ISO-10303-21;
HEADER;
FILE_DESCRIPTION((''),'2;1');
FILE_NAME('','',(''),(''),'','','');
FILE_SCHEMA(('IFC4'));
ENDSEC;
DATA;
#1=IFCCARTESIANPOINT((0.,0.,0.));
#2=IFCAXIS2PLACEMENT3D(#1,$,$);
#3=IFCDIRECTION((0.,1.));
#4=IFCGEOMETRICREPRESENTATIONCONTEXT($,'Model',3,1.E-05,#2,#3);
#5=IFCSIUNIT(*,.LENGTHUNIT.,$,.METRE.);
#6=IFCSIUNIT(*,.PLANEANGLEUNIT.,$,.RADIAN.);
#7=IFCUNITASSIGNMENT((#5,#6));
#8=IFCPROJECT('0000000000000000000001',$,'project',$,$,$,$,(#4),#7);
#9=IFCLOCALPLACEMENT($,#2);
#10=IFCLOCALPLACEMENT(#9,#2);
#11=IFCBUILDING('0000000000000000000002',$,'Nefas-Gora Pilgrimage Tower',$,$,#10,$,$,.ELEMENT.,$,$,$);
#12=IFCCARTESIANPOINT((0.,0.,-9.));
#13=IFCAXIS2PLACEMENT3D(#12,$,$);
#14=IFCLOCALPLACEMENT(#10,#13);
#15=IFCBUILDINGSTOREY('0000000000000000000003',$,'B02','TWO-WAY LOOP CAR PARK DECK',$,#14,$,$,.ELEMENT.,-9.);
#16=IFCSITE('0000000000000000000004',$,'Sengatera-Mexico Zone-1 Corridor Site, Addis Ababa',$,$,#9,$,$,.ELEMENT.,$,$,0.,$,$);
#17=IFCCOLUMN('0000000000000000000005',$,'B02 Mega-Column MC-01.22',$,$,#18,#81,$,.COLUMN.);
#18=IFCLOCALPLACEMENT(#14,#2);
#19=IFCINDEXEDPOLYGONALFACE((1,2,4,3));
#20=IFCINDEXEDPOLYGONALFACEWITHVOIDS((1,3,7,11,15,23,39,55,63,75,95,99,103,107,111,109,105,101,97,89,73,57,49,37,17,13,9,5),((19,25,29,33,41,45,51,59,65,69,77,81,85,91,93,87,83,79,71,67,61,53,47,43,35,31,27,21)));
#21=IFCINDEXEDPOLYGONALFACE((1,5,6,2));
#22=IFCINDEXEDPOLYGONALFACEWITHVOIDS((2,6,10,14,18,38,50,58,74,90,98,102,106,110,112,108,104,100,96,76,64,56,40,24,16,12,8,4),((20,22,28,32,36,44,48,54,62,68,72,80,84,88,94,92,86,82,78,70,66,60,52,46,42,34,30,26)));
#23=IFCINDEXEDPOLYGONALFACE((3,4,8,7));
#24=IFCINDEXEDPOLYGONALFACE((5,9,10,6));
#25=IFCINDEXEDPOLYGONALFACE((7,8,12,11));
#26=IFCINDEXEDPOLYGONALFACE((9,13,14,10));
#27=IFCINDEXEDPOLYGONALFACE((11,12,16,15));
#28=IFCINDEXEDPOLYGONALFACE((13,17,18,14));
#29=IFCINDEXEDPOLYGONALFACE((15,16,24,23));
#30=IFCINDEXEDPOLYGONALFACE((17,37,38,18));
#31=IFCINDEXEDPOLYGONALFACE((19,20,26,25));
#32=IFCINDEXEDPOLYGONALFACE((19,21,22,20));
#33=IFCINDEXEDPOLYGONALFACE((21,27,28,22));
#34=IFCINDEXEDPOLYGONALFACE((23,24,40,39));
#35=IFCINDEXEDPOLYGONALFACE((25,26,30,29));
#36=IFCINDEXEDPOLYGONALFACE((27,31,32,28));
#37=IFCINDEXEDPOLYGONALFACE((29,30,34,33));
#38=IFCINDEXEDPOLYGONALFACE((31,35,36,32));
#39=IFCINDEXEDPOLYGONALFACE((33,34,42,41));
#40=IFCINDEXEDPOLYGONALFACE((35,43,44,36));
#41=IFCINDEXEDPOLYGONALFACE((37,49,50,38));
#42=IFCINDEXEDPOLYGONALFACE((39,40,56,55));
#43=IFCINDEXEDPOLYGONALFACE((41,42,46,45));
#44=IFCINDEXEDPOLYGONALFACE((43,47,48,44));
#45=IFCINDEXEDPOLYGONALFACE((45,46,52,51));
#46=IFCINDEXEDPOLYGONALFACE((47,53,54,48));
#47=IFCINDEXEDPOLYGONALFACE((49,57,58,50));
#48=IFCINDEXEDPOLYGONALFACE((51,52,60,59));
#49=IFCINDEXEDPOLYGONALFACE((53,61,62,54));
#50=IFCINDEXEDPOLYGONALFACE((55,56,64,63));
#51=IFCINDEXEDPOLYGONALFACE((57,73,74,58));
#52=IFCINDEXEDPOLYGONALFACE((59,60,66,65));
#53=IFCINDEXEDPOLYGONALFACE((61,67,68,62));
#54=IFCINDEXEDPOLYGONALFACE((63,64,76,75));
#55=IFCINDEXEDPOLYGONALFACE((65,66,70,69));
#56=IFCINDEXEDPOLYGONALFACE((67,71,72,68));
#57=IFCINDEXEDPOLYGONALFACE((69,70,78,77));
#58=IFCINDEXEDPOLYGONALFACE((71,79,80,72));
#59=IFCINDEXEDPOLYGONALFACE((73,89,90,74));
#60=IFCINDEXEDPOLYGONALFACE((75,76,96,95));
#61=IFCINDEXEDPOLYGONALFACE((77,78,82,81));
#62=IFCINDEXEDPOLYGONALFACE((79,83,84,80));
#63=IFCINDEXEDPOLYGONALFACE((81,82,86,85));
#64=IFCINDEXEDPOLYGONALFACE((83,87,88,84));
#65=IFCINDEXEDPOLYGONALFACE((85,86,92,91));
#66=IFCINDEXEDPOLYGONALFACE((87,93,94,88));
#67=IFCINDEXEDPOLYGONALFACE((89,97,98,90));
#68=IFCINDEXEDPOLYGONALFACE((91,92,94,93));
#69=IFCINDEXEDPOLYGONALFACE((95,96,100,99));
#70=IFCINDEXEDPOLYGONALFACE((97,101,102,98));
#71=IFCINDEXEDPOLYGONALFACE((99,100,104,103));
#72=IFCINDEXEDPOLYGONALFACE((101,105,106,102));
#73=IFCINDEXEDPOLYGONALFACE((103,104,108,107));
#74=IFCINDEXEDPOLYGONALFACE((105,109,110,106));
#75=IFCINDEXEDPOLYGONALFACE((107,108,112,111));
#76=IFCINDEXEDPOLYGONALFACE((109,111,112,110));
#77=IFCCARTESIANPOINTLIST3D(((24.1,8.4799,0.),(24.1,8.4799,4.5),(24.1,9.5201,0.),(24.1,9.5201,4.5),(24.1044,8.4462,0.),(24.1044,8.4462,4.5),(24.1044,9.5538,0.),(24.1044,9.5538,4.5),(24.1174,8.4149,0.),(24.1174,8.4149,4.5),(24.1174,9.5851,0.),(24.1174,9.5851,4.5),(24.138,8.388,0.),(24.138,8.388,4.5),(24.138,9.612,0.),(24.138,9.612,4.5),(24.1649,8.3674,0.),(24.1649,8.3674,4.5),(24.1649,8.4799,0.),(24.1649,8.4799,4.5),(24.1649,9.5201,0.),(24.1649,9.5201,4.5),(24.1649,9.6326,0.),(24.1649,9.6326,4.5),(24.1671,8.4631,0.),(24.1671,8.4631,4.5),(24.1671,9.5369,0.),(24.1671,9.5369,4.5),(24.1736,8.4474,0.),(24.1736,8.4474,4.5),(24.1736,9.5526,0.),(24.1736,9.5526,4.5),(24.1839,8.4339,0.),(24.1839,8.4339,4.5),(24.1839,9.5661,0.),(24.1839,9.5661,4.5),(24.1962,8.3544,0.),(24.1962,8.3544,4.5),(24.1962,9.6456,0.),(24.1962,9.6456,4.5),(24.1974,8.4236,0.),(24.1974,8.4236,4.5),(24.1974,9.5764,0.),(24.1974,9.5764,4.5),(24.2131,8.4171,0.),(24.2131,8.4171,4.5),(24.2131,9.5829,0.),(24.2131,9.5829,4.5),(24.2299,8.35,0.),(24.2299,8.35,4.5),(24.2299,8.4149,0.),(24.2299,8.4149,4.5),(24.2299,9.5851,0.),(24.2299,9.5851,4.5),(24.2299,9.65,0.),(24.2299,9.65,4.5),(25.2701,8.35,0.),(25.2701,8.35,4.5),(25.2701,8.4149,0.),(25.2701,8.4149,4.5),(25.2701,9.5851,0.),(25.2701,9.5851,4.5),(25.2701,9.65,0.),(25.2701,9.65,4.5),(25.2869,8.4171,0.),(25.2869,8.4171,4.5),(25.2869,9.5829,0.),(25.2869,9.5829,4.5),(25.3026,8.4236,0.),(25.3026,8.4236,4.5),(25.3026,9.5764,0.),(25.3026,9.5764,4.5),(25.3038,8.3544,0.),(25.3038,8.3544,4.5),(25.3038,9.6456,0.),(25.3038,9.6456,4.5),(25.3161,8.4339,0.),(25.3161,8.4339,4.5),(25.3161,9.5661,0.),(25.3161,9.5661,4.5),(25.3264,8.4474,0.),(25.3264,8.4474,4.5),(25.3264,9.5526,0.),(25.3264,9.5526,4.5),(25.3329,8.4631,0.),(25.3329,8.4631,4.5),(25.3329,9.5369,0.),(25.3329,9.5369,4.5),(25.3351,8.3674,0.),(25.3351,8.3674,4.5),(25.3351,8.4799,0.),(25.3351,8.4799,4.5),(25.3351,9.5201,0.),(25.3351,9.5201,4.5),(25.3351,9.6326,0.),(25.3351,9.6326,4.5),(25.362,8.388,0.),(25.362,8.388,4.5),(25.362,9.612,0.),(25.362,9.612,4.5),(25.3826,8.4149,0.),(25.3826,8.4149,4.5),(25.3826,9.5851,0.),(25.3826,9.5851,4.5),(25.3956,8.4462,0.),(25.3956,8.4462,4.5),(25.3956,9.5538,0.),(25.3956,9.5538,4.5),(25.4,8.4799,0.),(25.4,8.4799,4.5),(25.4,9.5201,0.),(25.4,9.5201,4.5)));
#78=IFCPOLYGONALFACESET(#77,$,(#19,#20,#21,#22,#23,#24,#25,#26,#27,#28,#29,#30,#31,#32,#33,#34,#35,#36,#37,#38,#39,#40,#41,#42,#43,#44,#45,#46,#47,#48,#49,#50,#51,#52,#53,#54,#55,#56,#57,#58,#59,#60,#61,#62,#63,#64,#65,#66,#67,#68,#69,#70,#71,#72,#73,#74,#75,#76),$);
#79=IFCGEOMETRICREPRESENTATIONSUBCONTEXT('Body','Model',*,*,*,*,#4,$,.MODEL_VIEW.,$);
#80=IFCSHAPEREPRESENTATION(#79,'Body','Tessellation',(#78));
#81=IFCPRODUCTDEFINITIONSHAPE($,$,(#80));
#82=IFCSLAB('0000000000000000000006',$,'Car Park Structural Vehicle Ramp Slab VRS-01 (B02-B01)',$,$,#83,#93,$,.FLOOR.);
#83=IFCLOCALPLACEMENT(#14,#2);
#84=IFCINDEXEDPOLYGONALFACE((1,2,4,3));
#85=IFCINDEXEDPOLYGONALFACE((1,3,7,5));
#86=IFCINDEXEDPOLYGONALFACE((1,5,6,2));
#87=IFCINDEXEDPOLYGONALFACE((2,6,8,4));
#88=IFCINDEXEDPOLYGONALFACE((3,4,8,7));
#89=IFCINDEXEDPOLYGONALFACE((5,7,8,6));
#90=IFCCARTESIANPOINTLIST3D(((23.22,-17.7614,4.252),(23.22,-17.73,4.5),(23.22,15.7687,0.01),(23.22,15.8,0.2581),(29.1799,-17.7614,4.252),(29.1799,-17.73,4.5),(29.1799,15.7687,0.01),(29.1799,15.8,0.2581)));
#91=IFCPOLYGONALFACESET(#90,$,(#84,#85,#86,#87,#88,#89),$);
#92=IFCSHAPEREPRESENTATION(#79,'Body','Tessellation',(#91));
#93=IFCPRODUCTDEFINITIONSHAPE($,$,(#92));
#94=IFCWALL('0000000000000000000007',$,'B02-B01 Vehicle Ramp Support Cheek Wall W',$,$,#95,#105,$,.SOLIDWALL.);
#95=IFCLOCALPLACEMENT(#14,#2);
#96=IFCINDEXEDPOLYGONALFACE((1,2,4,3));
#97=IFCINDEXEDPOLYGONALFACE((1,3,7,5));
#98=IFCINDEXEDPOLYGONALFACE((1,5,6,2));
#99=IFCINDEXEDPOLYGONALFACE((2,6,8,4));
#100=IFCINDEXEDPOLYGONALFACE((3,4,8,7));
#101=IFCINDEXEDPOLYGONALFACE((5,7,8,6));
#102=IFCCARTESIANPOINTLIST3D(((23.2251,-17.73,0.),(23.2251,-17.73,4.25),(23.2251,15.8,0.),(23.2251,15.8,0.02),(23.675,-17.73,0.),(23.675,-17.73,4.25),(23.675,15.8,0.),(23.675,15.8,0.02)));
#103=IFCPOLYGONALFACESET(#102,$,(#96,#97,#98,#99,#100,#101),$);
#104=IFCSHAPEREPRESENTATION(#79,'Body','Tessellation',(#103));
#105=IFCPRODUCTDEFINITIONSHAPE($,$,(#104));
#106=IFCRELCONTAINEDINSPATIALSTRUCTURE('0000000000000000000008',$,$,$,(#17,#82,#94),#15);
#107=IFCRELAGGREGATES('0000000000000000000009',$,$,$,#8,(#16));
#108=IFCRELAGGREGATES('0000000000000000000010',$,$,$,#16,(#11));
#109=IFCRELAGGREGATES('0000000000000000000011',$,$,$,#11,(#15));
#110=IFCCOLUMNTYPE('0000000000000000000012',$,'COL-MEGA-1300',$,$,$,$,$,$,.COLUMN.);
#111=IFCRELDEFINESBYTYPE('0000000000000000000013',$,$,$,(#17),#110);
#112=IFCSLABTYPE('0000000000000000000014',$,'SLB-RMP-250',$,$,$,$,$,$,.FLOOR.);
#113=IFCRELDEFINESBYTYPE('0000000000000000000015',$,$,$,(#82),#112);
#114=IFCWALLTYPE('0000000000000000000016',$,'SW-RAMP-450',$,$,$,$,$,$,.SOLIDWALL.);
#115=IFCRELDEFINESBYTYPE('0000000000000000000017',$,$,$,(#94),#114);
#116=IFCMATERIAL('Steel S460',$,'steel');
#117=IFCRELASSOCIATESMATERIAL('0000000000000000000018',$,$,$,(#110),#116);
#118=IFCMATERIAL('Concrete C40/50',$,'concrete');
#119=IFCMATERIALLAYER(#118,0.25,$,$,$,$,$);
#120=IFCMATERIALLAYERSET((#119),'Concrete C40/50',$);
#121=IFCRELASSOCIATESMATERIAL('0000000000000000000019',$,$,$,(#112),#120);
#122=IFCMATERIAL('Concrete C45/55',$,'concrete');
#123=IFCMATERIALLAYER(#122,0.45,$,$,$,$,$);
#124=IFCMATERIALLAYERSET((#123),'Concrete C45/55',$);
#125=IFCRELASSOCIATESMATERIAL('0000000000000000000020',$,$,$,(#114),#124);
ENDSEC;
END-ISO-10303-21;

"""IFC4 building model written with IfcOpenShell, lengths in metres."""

from ifc_helpers import new_model, si_unit, direction, frame, origin, origin_2d, place, context, subcontext, project, spatial, polyline, hollow_rectangle, outline, extrude, source, transform, mapped, material, layer, layer_set, material_profile, profile_set, type_object, element, save


model = new_model("IFC4")

# Units and contexts
model_context = context("Model", 3, precision=1e-05, world=origin(), true_north=direction((0.0, 1.0)))
body_context = subcontext(model_context, "Body", "Model", "MODEL_VIEW")
ifc_project = project(units=[si_unit("LENGTHUNIT", "METRE"), si_unit("PLANEANGLEUNIT", "RADIAN")], contexts=[model_context])

# Site, building, storey
site_placement = place(None, origin())
site = spatial("IfcSite", under=ifc_project, at=site_placement, Name="Sengatera-Mexico Zone-1 Corridor Site, Addis Ababa", CompositionType="ELEMENT", RefElevation=0.0)
building_placement = place(site_placement, origin())
building = spatial("IfcBuilding", under=site, at=building_placement, Name="Nefas-Gora Pilgrimage Tower", CompositionType="ELEMENT")
storey_placement = place(building_placement, frame((0.0, 0.0, -9.0)))
storey = spatial("IfcBuildingStorey", under=building, at=storey_placement, Name="B02", Description="TWO-WAY LOOP CAR PARK DECK", CompositionType="ELEMENT", Elevation=-9.0)

# Shared definitions
ifc_material_1 = material(Name="Concrete C45/55", Category="concrete")

# Column
ifc_material_2 = material(Name="Steel S460", Category="steel")
ifc_material_profile_1 = material_profile(ifc_material_2, hollow_rectangle(XDim=1.3, YDim=1.3, WallThickness=0.0649, InnerFilletRadius=0.0649, OuterFilletRadius=0.1299, at=origin_2d()), Name="BOX 1300x1300x65")
ifc_profile_set_1 = profile_set([ifc_material_profile_1], Name="Steel S460")
column_type_1 = type_object("IfcColumnType", Name="COL-MEGA-1300", PredefinedType="COLUMN", material=ifc_profile_set_1)
shared_shape_1 = source(origin(), body_context, "Body", "SweptSolid", [
    extrude(hollow_rectangle(XDim=1.3, YDim=1.3, WallThickness=0.0649, InnerFilletRadius=0.0649, OuterFilletRadius=0.1299, at=origin_2d()), origin(), (0.0, 0.0, 1.0), 4.5),
])
column_1_placement = place(storey_placement, frame((24.75, 9.0, 0.0), z_axis=(0.0, 0.0, 1.0), x_axis=(1.0, 0.0, 0.0)))
element("IfcColumn", 1, at=column_1_placement, inside=storey, type_object=column_type_1, Name="B02 Mega-Column MC-01.22", PredefinedType="COLUMN", context=body_context, shape_type="MappedRepresentation", body=[
    mapped(shared_shape_1, transform((0.0, 0.0, 0.0), x_axis=(1.0, 0.0, 0.0), y_axis=(0.0, 1.0, 0.0), z_axis=(0.0, 0.0, 1.0), scale=1.0)),
])

# Slab
ifc_material_3 = material(Name="Concrete C40/50", Category="concrete")
ifc_layer_1 = layer(ifc_material_3, 0.25)
ifc_layer_set_1 = layer_set([ifc_layer_1], Name="Concrete C40/50")
slab_type = type_object("IfcSlabType", Name="SLB-RMP-250", PredefinedType="FLOOR", material=ifc_layer_set_1)
slab_placement = place(storey_placement, frame((23.22, 15.8, 0.2581), z_axis=(0.0, 0.125511, 0.992092), x_axis=(1.0, 0.0, 0.0)))
element("IfcSlab", 2, at=slab_placement, inside=storey, type_object=slab_type, Name="Car Park Structural Vehicle Ramp Slab VRS-01 (B02-B01)", PredefinedType="FLOOR", context=body_context, shape_type="SweptSolid", body=[
    extrude(outline(polyline([(0.0, 0.0), (5.96, 0.0), (5.96, -33.7973), (0.0, -33.7973), (0.0, 0.0)])), origin(), (0.0, 0.0, -1.0), 0.25),
])

# Wall
ifc_layer_2 = layer(ifc_material_1, 0.45)
ifc_layer_set_2 = layer_set([ifc_layer_2], Name="Concrete C45/55")
wall_type = type_object("IfcWallType", Name="SW-RAMP-450", PredefinedType="SOLIDWALL", material=ifc_layer_set_2)
wall_placement = place(storey_placement, frame((23.45, 15.8, 0.0), z_axis=(0.0, 0.0, 1.0), x_axis=(0.0, -1.0, 0.0)))
element("IfcWall", 3, at=wall_placement, inside=storey, type_object=wall_type, Name="B02-B01 Vehicle Ramp Support Cheek Wall W", PredefinedType="SOLIDWALL", context=body_context, shape_type="SweptSolid", body=[
    extrude(outline(polyline([(0.0, 0.0), (33.53, 0.0), (33.53, 4.25), (0.0, 0.02), (0.0, 0.0)])), frame((0.0, 0.2251, 0.0), z_axis=(0.0, -1.0, 0.0), x_axis=(1.0, 0.0, 0.0)), (0.0, 0.0, 1.0), 0.45),
])

save(model, "model.ifc")
